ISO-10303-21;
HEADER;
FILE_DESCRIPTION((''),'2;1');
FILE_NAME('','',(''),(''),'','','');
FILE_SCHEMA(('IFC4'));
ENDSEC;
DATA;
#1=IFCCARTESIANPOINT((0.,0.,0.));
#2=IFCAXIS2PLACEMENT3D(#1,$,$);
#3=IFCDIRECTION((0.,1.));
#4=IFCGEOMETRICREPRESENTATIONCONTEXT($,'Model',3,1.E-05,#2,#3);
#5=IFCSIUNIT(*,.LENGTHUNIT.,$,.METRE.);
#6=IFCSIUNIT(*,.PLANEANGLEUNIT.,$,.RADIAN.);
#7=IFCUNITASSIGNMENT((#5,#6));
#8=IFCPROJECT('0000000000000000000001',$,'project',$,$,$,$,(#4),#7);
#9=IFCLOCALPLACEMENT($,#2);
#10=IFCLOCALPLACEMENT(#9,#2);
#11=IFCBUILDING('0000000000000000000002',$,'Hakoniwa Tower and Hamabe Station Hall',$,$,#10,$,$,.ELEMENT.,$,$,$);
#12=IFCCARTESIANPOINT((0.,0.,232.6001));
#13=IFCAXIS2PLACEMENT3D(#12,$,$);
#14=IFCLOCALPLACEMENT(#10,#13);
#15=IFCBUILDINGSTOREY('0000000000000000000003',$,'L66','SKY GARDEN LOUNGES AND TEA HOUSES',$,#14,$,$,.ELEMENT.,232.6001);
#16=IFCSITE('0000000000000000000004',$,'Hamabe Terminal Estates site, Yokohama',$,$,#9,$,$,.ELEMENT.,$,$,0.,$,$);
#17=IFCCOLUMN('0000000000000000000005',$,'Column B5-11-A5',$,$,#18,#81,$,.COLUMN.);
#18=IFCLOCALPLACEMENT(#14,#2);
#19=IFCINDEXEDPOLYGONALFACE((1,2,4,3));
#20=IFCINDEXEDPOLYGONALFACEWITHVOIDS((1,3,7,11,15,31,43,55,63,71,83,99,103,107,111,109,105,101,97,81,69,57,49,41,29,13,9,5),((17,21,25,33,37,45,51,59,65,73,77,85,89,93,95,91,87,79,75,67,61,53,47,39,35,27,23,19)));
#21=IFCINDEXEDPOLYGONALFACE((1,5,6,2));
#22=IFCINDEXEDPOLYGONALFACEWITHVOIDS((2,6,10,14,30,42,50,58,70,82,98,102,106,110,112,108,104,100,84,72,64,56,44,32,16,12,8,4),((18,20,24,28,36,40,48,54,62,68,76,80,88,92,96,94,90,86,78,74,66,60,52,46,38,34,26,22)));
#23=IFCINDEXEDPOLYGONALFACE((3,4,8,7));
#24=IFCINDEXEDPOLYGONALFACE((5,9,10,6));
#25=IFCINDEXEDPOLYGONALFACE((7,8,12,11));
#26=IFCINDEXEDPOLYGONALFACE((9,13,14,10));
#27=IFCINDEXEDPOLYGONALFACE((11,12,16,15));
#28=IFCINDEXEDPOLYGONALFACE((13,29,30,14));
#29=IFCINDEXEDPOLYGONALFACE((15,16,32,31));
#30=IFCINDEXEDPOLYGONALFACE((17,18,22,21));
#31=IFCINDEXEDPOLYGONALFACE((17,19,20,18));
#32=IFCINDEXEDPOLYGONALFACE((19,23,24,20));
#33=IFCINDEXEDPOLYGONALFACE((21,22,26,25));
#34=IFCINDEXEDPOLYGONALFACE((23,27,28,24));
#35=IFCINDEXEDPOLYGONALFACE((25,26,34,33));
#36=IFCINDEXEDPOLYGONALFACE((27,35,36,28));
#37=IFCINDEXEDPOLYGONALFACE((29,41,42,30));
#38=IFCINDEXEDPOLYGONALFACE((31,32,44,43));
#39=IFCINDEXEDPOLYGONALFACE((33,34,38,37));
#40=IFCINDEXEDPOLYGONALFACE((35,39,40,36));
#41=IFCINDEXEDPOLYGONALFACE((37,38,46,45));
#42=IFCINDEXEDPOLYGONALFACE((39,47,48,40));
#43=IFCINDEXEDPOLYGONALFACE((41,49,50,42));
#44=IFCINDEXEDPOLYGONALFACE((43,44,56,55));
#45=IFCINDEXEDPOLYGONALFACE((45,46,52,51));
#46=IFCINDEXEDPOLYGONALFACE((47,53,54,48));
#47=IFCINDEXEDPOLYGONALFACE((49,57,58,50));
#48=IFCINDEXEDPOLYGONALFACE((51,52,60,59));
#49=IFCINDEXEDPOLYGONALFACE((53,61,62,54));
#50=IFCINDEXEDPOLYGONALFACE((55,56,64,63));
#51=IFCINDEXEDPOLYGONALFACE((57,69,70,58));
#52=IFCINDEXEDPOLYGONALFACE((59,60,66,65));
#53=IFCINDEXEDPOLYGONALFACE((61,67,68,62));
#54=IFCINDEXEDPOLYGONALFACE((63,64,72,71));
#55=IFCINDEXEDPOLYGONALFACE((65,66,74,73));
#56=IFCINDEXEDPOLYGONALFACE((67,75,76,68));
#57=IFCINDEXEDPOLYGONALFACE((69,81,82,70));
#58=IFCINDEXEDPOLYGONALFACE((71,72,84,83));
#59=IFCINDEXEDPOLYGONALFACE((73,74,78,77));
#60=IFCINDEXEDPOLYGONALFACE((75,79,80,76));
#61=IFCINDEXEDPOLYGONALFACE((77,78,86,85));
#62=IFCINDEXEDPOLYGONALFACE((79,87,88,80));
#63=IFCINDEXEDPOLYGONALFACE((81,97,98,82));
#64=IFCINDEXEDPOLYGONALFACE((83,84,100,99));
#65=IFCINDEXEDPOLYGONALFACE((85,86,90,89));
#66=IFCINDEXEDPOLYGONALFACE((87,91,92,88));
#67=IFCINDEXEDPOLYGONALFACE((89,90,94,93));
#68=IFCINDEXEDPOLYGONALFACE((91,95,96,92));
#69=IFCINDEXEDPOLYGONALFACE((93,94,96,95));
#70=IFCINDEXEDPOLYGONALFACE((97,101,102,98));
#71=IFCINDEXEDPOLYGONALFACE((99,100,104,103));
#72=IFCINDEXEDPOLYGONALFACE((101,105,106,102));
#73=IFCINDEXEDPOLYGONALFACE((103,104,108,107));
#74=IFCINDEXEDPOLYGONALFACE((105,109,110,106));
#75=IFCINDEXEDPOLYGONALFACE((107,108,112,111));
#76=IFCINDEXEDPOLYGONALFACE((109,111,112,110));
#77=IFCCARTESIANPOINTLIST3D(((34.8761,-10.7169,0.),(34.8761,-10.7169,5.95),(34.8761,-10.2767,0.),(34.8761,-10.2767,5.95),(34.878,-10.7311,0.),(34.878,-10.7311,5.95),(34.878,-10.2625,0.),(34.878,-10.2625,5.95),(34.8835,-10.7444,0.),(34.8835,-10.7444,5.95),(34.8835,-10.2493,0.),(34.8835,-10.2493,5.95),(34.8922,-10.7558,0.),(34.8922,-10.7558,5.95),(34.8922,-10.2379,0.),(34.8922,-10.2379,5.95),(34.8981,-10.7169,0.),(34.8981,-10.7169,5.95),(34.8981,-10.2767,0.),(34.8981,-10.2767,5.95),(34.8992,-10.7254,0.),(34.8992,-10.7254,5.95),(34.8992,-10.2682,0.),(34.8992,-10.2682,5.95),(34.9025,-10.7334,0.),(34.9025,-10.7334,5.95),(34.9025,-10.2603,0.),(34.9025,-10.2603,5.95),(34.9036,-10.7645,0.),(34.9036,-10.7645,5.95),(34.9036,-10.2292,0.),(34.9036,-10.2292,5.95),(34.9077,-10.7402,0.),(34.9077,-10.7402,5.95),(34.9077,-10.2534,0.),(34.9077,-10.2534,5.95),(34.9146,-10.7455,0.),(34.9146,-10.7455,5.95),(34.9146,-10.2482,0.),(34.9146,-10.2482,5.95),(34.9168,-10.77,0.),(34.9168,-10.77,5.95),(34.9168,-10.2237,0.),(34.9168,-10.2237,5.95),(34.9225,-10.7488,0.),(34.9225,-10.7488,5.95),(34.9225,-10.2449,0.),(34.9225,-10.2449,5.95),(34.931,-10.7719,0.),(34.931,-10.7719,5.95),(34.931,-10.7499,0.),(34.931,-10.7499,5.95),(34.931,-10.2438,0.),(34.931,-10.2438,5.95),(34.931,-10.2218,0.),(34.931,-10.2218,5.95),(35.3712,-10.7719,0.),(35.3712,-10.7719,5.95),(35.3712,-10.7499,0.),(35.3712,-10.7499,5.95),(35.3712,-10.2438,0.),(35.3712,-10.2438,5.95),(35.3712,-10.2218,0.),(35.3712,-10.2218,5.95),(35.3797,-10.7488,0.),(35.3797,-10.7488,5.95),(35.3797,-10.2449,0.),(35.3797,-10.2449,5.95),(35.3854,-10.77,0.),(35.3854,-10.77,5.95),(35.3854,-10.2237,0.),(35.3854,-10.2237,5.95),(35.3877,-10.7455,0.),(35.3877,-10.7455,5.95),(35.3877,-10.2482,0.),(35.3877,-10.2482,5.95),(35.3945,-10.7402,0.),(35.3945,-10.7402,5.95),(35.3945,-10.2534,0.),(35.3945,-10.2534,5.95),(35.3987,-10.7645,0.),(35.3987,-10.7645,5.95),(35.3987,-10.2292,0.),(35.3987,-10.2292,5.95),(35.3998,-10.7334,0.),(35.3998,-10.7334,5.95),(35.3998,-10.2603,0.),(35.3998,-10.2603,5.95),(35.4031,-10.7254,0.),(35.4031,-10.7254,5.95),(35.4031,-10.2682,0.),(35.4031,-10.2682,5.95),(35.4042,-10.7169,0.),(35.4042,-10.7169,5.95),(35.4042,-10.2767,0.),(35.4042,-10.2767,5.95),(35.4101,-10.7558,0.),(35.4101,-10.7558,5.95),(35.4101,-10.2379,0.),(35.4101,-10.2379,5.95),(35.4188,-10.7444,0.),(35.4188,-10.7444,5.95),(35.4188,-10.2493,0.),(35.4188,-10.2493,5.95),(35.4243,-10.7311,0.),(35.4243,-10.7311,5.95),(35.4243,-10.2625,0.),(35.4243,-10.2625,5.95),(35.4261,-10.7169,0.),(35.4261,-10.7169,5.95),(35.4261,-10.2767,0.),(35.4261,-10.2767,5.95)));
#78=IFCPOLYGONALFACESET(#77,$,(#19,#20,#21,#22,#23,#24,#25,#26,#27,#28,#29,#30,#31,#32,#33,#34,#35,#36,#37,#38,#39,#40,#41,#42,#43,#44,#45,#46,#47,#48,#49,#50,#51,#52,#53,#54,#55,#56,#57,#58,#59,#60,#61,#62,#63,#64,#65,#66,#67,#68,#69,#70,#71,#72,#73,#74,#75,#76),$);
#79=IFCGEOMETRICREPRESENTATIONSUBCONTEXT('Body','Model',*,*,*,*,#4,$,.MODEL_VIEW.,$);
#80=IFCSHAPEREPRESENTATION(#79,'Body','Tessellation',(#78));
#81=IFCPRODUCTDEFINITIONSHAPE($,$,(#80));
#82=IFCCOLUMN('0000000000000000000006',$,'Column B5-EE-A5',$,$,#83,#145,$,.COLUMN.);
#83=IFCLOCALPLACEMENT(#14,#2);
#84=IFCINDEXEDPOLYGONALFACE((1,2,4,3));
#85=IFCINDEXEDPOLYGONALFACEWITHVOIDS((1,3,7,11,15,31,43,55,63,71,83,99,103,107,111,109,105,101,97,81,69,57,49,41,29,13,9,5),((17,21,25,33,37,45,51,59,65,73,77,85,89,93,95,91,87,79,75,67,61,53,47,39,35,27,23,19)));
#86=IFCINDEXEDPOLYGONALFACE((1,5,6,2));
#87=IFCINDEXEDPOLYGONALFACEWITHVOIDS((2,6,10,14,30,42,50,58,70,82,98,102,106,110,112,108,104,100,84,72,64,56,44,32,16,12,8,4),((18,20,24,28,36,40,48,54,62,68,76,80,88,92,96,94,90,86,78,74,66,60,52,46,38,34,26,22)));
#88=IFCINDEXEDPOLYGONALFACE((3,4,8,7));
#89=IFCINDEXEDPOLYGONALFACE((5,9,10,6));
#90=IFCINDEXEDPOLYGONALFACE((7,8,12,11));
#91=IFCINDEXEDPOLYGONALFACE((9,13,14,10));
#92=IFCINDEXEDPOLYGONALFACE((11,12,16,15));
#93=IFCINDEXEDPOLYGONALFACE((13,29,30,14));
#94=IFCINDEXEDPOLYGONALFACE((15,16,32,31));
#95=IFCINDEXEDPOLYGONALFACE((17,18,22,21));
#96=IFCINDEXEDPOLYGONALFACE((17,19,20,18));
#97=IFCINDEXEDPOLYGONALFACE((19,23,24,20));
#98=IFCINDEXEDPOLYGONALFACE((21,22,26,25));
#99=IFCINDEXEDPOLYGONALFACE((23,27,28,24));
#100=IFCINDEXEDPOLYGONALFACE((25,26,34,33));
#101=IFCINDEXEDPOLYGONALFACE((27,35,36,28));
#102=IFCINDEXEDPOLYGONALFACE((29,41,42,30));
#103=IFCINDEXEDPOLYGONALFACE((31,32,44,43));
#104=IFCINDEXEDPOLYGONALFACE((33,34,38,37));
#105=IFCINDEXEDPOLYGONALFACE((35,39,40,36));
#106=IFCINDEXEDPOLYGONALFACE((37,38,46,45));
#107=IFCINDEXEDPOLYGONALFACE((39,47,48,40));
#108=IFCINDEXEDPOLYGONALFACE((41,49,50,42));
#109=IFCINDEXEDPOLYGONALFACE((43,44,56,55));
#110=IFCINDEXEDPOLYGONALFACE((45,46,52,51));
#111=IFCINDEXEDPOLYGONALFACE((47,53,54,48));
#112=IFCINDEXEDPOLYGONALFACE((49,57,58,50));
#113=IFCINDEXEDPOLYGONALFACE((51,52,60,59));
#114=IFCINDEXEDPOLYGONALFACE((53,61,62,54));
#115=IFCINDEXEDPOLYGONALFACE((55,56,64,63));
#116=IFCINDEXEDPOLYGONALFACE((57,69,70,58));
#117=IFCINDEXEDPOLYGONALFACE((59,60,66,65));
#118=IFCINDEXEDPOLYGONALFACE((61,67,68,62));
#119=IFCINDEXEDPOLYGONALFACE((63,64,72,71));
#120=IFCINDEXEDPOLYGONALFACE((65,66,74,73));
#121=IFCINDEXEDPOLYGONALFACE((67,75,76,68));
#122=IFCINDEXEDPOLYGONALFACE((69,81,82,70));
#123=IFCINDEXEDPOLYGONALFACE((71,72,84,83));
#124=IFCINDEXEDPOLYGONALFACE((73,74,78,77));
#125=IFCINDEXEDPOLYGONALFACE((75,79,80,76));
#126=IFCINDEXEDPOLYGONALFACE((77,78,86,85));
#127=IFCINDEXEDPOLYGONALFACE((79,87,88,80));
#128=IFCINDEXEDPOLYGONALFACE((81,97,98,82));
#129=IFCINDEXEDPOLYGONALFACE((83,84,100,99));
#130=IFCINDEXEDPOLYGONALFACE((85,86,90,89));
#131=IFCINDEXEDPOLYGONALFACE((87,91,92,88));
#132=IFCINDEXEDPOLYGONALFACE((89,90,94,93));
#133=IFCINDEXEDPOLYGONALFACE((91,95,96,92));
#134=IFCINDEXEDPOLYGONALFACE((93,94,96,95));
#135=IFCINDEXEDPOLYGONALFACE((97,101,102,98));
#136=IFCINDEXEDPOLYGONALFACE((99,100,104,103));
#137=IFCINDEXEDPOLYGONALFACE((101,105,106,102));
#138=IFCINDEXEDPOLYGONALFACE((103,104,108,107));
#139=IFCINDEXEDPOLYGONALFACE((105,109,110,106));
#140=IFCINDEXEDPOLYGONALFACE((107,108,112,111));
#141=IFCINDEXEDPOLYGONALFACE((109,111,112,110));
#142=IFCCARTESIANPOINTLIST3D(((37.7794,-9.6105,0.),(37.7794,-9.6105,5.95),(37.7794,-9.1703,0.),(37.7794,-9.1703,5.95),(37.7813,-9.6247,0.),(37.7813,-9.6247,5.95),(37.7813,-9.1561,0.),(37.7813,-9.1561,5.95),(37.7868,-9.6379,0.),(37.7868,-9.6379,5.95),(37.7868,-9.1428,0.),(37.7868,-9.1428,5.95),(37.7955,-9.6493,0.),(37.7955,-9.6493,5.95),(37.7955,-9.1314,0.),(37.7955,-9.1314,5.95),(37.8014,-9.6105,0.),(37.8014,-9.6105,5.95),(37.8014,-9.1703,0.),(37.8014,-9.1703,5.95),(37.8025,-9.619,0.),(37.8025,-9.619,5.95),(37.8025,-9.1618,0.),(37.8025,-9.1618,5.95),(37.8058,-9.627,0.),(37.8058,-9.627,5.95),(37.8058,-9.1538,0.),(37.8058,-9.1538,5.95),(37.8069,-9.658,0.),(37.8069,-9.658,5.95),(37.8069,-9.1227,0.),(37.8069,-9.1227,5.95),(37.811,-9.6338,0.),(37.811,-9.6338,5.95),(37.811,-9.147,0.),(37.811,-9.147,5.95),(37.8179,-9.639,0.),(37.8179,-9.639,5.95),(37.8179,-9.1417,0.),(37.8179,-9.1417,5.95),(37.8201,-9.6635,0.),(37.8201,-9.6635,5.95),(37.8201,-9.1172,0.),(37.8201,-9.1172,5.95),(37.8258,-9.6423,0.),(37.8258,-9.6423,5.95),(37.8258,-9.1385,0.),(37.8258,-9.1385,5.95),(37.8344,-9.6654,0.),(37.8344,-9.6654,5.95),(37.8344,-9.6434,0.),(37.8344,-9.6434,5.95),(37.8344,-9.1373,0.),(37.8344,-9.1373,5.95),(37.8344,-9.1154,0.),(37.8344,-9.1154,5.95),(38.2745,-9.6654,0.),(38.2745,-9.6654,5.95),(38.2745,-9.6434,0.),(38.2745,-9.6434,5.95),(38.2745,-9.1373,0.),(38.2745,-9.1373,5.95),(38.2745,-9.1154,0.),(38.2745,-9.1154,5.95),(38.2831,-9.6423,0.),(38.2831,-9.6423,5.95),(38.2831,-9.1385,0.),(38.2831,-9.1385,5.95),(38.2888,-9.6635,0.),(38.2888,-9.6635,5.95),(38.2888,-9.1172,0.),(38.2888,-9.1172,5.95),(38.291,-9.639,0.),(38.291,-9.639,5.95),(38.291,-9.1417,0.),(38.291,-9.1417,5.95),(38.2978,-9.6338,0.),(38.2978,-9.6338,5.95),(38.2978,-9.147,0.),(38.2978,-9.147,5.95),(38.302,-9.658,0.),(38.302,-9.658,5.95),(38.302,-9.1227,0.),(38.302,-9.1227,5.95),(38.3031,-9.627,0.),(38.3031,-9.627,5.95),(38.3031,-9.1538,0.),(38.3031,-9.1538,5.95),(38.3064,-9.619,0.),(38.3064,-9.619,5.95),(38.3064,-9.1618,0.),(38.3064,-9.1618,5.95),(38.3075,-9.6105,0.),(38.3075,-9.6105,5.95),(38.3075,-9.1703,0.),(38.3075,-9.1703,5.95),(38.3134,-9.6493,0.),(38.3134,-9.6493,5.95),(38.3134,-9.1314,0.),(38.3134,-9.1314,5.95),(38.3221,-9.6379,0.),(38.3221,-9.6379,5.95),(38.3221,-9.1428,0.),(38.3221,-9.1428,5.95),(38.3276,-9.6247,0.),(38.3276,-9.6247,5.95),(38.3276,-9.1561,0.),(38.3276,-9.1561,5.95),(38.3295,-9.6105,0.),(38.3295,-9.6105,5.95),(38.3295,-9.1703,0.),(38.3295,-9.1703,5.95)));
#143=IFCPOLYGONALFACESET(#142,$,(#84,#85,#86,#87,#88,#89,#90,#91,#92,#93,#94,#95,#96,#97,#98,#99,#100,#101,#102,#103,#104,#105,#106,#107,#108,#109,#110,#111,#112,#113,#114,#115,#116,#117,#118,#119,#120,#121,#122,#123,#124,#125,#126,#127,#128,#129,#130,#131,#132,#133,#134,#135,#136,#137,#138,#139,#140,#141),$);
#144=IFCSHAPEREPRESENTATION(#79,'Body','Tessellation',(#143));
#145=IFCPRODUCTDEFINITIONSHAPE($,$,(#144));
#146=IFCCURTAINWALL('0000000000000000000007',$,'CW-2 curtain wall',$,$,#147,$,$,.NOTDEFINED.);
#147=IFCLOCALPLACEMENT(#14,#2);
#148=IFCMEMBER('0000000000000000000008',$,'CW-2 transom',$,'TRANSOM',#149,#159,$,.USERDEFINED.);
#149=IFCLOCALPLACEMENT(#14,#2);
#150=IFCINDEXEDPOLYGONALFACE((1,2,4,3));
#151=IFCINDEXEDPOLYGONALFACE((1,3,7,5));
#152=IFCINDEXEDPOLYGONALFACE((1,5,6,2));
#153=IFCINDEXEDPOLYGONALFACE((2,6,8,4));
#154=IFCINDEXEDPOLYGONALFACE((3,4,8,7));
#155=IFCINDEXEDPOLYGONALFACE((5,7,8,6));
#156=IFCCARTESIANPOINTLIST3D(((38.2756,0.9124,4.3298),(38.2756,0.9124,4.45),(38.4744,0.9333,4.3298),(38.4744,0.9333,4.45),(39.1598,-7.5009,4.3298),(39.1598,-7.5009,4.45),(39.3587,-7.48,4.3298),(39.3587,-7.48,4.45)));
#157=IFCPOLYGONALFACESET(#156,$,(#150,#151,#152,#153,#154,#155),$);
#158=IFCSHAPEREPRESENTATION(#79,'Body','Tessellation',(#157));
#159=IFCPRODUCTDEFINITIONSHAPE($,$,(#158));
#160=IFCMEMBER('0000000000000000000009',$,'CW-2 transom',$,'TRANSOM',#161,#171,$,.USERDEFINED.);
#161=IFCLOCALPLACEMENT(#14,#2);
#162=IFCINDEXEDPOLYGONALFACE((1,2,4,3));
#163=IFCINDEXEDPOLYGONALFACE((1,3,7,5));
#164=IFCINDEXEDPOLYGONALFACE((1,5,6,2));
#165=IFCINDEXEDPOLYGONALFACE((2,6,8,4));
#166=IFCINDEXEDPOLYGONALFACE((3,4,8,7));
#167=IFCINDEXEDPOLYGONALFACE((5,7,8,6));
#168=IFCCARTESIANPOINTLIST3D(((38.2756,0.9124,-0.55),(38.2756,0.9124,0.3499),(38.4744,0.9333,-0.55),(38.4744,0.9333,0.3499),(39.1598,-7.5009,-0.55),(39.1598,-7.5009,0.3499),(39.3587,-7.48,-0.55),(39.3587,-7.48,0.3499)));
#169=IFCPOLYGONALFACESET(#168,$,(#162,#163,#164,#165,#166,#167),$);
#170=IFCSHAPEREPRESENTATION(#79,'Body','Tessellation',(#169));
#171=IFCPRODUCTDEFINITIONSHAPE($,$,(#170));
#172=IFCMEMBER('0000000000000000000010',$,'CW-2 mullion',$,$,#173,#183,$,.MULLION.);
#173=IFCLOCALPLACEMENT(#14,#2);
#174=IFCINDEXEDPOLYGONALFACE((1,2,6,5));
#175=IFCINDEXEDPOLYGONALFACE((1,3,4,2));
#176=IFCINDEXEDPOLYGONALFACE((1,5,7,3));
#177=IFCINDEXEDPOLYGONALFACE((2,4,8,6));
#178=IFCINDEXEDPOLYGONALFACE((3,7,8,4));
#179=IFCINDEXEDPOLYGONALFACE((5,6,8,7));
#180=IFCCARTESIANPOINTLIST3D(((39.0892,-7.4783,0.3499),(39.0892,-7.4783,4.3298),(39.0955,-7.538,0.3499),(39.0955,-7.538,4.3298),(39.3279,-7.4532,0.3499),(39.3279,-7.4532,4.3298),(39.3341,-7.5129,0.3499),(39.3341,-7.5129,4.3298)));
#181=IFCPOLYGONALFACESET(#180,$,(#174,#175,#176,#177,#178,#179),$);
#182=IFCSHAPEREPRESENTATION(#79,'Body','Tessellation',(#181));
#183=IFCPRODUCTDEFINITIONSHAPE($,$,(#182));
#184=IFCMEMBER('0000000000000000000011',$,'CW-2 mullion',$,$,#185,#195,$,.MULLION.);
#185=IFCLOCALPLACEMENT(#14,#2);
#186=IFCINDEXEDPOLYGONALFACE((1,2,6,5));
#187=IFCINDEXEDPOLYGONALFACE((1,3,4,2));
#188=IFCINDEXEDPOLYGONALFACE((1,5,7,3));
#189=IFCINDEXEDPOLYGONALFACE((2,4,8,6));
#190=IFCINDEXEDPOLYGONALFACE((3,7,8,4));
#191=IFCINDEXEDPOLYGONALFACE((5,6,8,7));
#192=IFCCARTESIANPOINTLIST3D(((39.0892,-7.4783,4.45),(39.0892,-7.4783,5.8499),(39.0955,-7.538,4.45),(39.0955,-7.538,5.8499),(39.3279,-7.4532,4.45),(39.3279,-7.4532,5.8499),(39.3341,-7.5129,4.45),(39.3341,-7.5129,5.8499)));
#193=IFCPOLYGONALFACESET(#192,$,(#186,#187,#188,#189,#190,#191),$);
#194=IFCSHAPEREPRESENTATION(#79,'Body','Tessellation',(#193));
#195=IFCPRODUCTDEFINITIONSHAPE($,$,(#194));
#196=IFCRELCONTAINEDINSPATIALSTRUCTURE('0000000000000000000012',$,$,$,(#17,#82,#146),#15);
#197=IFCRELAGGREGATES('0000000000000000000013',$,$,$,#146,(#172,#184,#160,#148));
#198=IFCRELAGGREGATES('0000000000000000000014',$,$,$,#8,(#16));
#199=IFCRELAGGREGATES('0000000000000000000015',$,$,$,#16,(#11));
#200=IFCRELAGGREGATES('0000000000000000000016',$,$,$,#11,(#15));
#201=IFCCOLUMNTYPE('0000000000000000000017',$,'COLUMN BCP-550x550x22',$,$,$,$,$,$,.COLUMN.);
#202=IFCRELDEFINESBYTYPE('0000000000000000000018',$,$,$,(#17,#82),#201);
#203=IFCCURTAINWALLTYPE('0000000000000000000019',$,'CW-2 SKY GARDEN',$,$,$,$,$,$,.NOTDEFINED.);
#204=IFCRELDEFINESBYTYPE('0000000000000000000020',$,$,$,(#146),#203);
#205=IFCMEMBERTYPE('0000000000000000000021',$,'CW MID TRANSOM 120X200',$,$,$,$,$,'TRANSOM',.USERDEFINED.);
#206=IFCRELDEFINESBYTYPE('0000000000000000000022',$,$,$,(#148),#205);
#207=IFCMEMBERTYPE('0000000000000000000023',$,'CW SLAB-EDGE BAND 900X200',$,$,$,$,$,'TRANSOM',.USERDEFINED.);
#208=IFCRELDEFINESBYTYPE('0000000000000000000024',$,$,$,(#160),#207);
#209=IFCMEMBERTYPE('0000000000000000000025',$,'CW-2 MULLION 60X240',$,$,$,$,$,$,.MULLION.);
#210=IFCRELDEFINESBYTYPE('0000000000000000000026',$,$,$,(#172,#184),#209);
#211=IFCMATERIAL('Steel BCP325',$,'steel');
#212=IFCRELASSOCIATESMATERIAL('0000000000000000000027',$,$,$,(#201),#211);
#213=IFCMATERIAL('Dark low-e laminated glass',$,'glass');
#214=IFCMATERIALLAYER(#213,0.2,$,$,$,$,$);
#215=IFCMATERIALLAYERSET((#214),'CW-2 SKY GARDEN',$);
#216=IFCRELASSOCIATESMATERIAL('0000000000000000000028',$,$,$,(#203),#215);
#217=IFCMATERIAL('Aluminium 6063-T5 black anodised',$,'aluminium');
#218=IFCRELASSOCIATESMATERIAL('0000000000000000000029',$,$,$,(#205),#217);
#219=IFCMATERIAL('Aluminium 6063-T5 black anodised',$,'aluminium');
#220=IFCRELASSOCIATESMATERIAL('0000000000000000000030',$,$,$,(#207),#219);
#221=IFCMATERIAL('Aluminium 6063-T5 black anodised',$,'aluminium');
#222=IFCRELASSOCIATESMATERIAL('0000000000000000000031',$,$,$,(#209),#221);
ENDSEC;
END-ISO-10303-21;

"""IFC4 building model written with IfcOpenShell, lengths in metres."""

from ifc_helpers import new_model, si_unit, direction, frame, origin, origin_2d, place, context, subcontext, project, spatial, rectangle, hollow_rectangle, extrude, material, layer, layer_set, material_profile, profile_set, type_object, element, aggregate, save


model = new_model("IFC4")

# Units and contexts
model_context = context("Model", 3, precision=1e-05, world=origin(), true_north=direction((0.0, 1.0)))
body_context = subcontext(model_context, "Body", "Model", "MODEL_VIEW")
ifc_project = project(units=[si_unit("LENGTHUNIT", "METRE"), si_unit("PLANEANGLEUNIT", "RADIAN")], contexts=[model_context])

# Site, building, storey
site_placement = place(None, origin())
site = spatial("IfcSite", under=ifc_project, at=site_placement, Name="Hamabe Terminal Estates site, Yokohama", CompositionType="ELEMENT", RefElevation=0.0)
building_placement = place(site_placement, origin())
building = spatial("IfcBuilding", under=site, at=building_placement, Name="Hakoniwa Tower and Hamabe Station Hall", CompositionType="ELEMENT")
storey_placement = place(building_placement, frame((0.0, 0.0, 232.6001)))
storey = spatial("IfcBuildingStorey", under=building, at=storey_placement, Name="L66", Description="SKY GARDEN LOUNGES AND TEA HOUSES", CompositionType="ELEMENT", Elevation=232.6001)

# Columns
ifc_material_1 = material(Name="Steel BCP325", Category="steel")
ifc_material_profile_1 = material_profile(ifc_material_1, hollow_rectangle(XDim=0.55, YDim=0.55, WallThickness=0.022, InnerFilletRadius=0.033, OuterFilletRadius=0.0549, at=origin_2d()), Name="BCP-550x550x22")
ifc_profile_set_1 = profile_set([ifc_material_profile_1], Name="Steel BCP325")
column_type = type_object("IfcColumnType", Name="COLUMN BCP-550x550x22", PredefinedType="COLUMN", material=ifc_profile_set_1)
for number, where, z_axis, x_axis, name in (
    (1, (35.1511, -10.4968, 0.0), (0.0, 0.0, 1.0), (1.0, 0.0, 0.0), "Column B5-11-A5"),
    (2, (38.0544, -9.3904, 0.0), (0.0, 0.0, 1.0), (1.0, 0.0, 0.0), "Column B5-EE-A5"),
):
    element("IfcColumn", number, at=place(storey_placement, frame(where, z_axis=z_axis, x_axis=x_axis)), inside=storey, type_object=column_type, Name=name, PredefinedType="COLUMN", context=body_context, shape_type="SweptSolid", body=[
        extrude(hollow_rectangle(XDim=0.55, YDim=0.55, WallThickness=0.022, InnerFilletRadius=0.033, OuterFilletRadius=0.0549, at=origin_2d()), origin(), (0.0, 0.0, 1.0), 5.95),
    ])

# Curtain wall, members
ifc_material_2 = material(Name="Dark low-e laminated glass", Category="glass")
ifc_layer_1 = layer(ifc_material_2, 0.2)
ifc_layer_set_1 = layer_set([ifc_layer_1], Name="CW-2 SKY GARDEN")
curtain_wall_type = type_object("IfcCurtainWallType", Name="CW-2 SKY GARDEN", PredefinedType="NOTDEFINED", material=ifc_layer_set_1)
curtain_wall_1_placement = place(storey_placement, origin())
curtain_wall_1 = element("IfcCurtainWall", 3, at=curtain_wall_1_placement, inside=storey, type_object=curtain_wall_type, Name="CW-2 curtain wall", PredefinedType="NOTDEFINED")
ifc_material_3 = material(Name="Aluminium 6063-T5 black anodised", Category="aluminium")
ifc_material_profile_2 = material_profile(ifc_material_3, rectangle(XDim=0.2, YDim=0.1201, at=origin_2d()), Name="CW MID TRANSOM 120X200")
ifc_profile_set_2 = profile_set([ifc_material_profile_2], Name="Aluminium 6063-T5 black anodised")
member_type_1 = type_object("IfcMemberType", Name="CW MID TRANSOM 120X200", ElementType="TRANSOM", PredefinedType="USERDEFINED", material=ifc_profile_set_2)
member_1_placement = place(storey_placement, frame((39.2593, -7.4905, 4.3899), z_axis=(-0.104529, 0.994522, 0.0), x_axis=(-0.994522, -0.104529, 0.0)))
member_1 = element("IfcMember", 4, at=member_1_placement, type_object=member_type_1, Name="CW-2 transom", ObjectType="TRANSOM", PredefinedType="USERDEFINED", context=body_context, shape_type="SweptSolid", body=[
    extrude(rectangle(XDim=0.2, YDim=0.1201, at=origin_2d()), origin(), (0.0, 0.0, 1.0), 8.4597),
])
ifc_material_4 = material(Name="Aluminium 6063-T5 black anodised", Category="aluminium")
ifc_material_profile_3 = material_profile(ifc_material_4, rectangle(XDim=0.2, YDim=0.8999, at=origin_2d()), Name="CW SLAB-EDGE BAND 900X200")
ifc_profile_set_3 = profile_set([ifc_material_profile_3], Name="Aluminium 6063-T5 black anodised")
member_type_2 = type_object("IfcMemberType", Name="CW SLAB-EDGE BAND 900X200", ElementType="TRANSOM", PredefinedType="USERDEFINED", material=ifc_profile_set_3)
member_2_placement = place(storey_placement, frame((39.2593, -7.4905, -0.1001), z_axis=(-0.104529, 0.994522, 0.0), x_axis=(-0.994522, -0.104529, 0.0)))
member_2 = element("IfcMember", 5, at=member_2_placement, type_object=member_type_2, Name="CW-2 transom", ObjectType="TRANSOM", PredefinedType="USERDEFINED", context=body_context, shape_type="SweptSolid", body=[
    extrude(rectangle(XDim=0.2, YDim=0.8999, at=origin_2d()), origin(), (0.0, 0.0, 1.0), 8.4597),
])
ifc_material_5 = material(Name="Aluminium 6063-T5 black anodised", Category="aluminium")
ifc_material_profile_4 = material_profile(ifc_material_5, rectangle(XDim=0.0601, YDim=0.24, at=origin_2d()), Name="CW-2 MULLION 60X240")
ifc_profile_set_4 = profile_set([ifc_material_profile_4], Name="Aluminium 6063-T5 black anodised")
member_type_3 = type_object("IfcMemberType", Name="CW-2 MULLION 60X240", PredefinedType="MULLION", material=ifc_profile_set_4)
member_3_placement = place(storey_placement, frame((39.2117, -7.4956, 0.3499), z_axis=(0.0, 0.0, 1.0), x_axis=(-0.104528, 0.994522, 0.0)))
member_3 = element("IfcMember", 6, at=member_3_placement, type_object=member_type_3, Name="CW-2 mullion", PredefinedType="MULLION", context=body_context, shape_type="SweptSolid", body=[
    extrude(rectangle(XDim=0.0601, YDim=0.24, at=origin_2d()), origin(), (0.0, 0.0, 1.0), 3.98),
])
member_4_placement = place(storey_placement, frame((39.2117, -7.4956, 4.45), z_axis=(0.0, 0.0, 1.0), x_axis=(-0.104528, 0.994522, 0.0)))
member_4 = element("IfcMember", 7, at=member_4_placement, type_object=member_type_3, Name="CW-2 mullion", PredefinedType="MULLION", context=body_context, shape_type="SweptSolid", body=[
    extrude(rectangle(XDim=0.0601, YDim=0.24, at=origin_2d()), origin(), (0.0, 0.0, 1.0), 1.3999),
])

aggregate(curtain_wall_1, [member_3, member_4, member_2, member_1])

save(model, "model.ifc")
